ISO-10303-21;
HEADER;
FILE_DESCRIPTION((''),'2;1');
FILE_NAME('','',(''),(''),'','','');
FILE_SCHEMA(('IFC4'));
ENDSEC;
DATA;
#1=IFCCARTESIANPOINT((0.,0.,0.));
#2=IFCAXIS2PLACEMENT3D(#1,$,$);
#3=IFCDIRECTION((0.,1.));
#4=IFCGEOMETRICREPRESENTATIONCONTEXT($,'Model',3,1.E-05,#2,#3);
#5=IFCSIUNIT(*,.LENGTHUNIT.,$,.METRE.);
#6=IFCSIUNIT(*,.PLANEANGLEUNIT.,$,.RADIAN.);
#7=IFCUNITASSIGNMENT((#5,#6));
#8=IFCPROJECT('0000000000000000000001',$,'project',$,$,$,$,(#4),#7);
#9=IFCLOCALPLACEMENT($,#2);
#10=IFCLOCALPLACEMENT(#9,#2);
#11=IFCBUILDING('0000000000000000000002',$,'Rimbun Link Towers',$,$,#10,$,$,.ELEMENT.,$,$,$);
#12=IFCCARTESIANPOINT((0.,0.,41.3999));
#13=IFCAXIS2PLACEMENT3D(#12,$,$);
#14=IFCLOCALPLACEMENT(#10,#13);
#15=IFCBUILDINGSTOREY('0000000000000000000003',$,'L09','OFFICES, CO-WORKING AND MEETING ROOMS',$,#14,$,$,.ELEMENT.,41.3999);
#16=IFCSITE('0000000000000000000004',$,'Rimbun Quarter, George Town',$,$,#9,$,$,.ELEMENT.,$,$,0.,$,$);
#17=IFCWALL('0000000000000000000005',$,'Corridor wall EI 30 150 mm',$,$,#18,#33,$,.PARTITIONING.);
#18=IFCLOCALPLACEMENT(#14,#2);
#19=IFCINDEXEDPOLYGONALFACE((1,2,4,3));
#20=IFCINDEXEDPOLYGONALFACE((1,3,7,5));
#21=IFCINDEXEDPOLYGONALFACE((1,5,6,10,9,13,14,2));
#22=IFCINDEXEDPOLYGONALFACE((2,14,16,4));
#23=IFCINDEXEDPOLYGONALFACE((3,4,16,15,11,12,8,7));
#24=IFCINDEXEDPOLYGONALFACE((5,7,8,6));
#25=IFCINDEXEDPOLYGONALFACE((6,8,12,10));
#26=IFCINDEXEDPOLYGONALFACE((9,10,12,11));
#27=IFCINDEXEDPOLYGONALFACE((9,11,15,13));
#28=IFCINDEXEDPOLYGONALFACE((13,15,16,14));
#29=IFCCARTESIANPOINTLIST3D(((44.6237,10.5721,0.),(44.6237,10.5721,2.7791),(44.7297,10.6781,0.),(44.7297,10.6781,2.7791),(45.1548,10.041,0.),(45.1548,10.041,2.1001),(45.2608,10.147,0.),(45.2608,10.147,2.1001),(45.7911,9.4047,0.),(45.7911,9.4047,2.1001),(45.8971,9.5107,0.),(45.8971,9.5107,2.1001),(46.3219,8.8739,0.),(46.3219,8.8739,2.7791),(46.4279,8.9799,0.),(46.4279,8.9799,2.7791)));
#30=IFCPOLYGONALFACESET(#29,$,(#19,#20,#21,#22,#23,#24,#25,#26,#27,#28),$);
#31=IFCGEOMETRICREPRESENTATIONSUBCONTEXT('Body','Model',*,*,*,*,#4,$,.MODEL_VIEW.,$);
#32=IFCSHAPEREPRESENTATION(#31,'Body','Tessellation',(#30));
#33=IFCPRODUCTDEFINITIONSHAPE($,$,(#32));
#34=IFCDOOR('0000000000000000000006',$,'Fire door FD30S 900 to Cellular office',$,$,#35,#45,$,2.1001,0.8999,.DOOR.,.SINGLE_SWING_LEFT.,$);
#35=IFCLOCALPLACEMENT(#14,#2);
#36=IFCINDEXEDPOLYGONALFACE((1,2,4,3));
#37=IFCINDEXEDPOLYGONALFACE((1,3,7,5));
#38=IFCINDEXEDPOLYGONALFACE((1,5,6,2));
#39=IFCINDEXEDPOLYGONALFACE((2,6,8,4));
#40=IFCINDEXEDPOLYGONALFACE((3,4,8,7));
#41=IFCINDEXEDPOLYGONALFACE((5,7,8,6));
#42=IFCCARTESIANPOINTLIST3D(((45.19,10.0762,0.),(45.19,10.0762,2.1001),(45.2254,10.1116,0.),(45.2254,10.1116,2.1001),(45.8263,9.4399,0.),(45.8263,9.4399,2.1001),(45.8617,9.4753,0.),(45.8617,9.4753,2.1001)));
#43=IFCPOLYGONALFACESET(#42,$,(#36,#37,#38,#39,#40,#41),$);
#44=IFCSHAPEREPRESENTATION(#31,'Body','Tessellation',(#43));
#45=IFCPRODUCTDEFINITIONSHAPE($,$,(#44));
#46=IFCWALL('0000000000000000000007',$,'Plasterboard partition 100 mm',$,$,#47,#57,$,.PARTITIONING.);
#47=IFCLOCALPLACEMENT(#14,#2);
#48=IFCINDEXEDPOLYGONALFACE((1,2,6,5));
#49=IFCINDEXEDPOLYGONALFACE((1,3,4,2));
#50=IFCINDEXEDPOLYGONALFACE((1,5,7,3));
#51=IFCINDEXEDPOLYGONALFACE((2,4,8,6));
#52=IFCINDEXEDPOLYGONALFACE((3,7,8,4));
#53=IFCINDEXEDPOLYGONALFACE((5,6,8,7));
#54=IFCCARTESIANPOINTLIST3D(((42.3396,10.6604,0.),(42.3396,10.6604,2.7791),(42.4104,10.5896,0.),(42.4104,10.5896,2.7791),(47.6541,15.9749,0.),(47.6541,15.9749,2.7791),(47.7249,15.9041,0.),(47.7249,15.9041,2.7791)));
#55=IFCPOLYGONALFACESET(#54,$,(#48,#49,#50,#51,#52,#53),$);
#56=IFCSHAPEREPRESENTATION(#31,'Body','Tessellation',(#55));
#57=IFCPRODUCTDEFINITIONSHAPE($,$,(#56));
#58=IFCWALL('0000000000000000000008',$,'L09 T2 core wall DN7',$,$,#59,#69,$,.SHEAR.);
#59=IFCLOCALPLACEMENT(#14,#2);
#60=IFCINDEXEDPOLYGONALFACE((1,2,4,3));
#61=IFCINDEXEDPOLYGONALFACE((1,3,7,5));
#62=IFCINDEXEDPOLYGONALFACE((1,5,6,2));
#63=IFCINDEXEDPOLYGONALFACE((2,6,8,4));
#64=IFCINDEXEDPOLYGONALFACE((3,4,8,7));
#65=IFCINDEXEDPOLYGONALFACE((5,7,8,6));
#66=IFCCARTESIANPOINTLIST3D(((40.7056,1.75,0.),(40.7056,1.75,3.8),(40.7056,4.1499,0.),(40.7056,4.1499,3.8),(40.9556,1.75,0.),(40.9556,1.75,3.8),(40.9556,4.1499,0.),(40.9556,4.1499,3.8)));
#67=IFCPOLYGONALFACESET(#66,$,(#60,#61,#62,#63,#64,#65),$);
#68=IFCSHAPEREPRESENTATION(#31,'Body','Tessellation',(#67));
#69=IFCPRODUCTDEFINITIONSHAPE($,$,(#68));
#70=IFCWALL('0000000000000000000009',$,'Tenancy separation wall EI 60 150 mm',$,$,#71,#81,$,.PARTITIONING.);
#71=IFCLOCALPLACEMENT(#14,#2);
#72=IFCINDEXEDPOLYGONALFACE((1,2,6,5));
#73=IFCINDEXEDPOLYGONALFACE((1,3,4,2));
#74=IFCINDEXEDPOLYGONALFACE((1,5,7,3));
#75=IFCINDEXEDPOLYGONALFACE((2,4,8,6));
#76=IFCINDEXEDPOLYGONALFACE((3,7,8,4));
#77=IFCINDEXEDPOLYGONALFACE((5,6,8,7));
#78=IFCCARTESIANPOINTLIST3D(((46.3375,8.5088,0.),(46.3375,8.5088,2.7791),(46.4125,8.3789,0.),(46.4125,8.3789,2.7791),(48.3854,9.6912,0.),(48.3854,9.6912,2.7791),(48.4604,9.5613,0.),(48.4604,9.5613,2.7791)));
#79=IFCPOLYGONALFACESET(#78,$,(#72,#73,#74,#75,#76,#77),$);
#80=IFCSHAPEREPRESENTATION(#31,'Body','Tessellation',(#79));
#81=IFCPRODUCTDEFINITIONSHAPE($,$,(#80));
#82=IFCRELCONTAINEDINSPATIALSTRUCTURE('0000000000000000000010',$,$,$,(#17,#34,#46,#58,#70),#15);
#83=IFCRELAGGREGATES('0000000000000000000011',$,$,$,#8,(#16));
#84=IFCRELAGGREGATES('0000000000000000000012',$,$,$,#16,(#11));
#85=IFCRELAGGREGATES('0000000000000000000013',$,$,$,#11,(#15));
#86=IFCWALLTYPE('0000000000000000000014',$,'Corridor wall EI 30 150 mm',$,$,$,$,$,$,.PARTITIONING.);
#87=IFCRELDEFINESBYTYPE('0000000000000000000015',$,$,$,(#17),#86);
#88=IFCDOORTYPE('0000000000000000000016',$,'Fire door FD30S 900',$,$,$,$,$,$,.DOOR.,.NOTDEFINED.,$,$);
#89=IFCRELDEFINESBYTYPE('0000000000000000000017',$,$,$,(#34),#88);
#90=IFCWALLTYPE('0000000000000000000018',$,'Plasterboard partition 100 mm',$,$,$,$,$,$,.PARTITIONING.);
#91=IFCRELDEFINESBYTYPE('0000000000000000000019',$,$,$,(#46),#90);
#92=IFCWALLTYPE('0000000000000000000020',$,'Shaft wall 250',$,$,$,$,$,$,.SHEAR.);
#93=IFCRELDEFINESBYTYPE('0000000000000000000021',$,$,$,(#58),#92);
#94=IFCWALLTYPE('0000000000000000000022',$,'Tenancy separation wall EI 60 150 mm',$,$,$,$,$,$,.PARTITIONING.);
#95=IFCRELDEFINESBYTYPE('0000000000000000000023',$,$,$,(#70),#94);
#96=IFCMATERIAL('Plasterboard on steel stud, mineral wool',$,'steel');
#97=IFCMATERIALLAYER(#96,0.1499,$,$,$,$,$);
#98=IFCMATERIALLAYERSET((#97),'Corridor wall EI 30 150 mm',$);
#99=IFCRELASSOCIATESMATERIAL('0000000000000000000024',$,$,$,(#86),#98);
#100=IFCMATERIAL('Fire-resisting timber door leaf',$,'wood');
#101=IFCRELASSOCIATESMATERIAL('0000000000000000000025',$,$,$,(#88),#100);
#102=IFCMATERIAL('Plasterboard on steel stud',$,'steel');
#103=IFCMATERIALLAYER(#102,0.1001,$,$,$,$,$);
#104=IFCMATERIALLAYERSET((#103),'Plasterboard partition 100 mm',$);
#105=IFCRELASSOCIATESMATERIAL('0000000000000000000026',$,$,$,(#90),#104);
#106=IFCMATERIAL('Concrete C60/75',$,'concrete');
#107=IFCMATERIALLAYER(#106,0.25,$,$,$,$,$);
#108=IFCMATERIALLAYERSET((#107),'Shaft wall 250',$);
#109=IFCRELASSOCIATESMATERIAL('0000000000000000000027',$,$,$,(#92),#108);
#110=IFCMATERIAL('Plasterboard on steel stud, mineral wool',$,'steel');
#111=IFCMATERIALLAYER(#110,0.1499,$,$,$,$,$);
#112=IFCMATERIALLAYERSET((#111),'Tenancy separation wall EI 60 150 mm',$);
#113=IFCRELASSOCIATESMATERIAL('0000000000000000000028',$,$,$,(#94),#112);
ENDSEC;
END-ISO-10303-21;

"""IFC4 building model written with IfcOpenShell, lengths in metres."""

from ifc_helpers import new_model, si_unit, direction, frame, frame_2d, origin, place, context, subcontext, project, spatial, rectangle, extrude, material, layer, layer_set, type_object, element, fill, save


model = new_model("IFC4")

# Units and contexts
model_context = context("Model", 3, precision=1e-05, world=origin(), true_north=direction((0.0, 1.0)))
body_context = subcontext(model_context, "Body", "Model", "MODEL_VIEW")
ifc_project = project(units=[si_unit("LENGTHUNIT", "METRE"), si_unit("PLANEANGLEUNIT", "RADIAN")], contexts=[model_context])

# Site, building, storey
site_placement = place(None, origin())
site = spatial("IfcSite", under=ifc_project, at=site_placement, Name="Rimbun Quarter, George Town", CompositionType="ELEMENT", RefElevation=0.0)
building_placement = place(site_placement, origin())
building = spatial("IfcBuilding", under=site, at=building_placement, Name="Rimbun Link Towers", CompositionType="ELEMENT")
storey_placement = place(building_placement, frame((0.0, 0.0, 41.3999)))
storey = spatial("IfcBuildingStorey", under=building, at=storey_placement, Name="L09", Description="OFFICES, CO-WORKING AND MEETING ROOMS", CompositionType="ELEMENT", Elevation=41.3999)

# Wall, opening, door
ifc_material_1 = material(Name="Plasterboard on steel stud, mineral wool", Category="steel")
ifc_layer_1 = layer(ifc_material_1, 0.1499)
ifc_layer_set_1 = layer_set([ifc_layer_1], Name="Corridor wall EI 30 150 mm")
wall_type_1 = type_object("IfcWallType", Name="Corridor wall EI 30 150 mm", PredefinedType="PARTITIONING", material=ifc_layer_set_1)
wall_1_placement = place(storey_placement, frame((44.6768, 10.625, 0.0), z_axis=(0.0, 0.0, 1.0), x_axis=(0.707107, -0.707107, 0.0)))
wall_1 = element("IfcWall", 1, at=wall_1_placement, inside=storey, type_object=wall_type_1, Name="Corridor wall EI 30 150 mm", PredefinedType="PARTITIONING", context=body_context, shape_type="SweptSolid", body=[
    extrude(rectangle(XDim=2.4016, YDim=0.1499, at=frame_2d((1.2007, 0.0))), origin(), (0.0, 0.0, 1.0), 2.7791),
])
opening_1_placement = place(wall_1_placement, frame((0.751, 0.0, 0.0)))
opening_1 = element("IfcOpeningElement", 2, at=opening_1_placement, cuts=wall_1, PredefinedType="OPENING", context=body_context, shape_type="SweptSolid", body=[
    extrude(rectangle(XDim=0.8999, YDim=2.1001, at=frame_2d((0.45, 1.05))), frame((0.0, 0.085, 0.0), z_axis=(0.0, -1.0, 0.0), x_axis=(1.0, 0.0, 0.0)), (0.0, 0.0, 1.0), 0.1699),
])
ifc_material_2 = material(Name="Fire-resisting timber door leaf", Category="wood")
door_type_1 = type_object("IfcDoorType", Name="Fire door FD30S 900", OperationType="NOTDEFINED", PredefinedType="DOOR", material=ifc_material_2)
door_1_placement = place(opening_1_placement, origin())
door_1 = element("IfcDoor", 3, at=door_1_placement, inside=storey, type_object=door_type_1, Name="Fire door FD30S 900 to Cellular office", OperationType="SINGLE_SWING_LEFT", OverallHeight=2.1001, OverallWidth=0.8999, PredefinedType="DOOR", context=body_context, shape_type="SweptSolid", body=[
    extrude(rectangle(XDim=0.8999, YDim=2.1001, at=frame_2d((0.45, 1.05))), frame((0.0, 0.0249, 0.0), z_axis=(0.0, -1.0, 0.0), x_axis=(1.0, 0.0, 0.0)), (0.0, 0.0, 1.0), 0.05),
])
fill(opening_1, door_1)

# Walls
ifc_material_3 = material(Name="Plasterboard on steel stud", Category="steel")
ifc_layer_2 = layer(ifc_material_3, 0.1001)
ifc_layer_set_2 = layer_set([ifc_layer_2], Name="Plasterboard partition 100 mm")
wall_type_2 = type_object("IfcWallType", Name="Plasterboard partition 100 mm", PredefinedType="PARTITIONING", material=ifc_layer_set_2)
wall_2_placement = place(storey_placement, frame((47.6895, 15.9395, 0.0), z_axis=(0.0, 0.0, 1.0), x_axis=(-0.707107, -0.707107, 0.0)))
element("IfcWall", 4, at=wall_2_placement, inside=storey, type_object=wall_type_2, Name="Plasterboard partition 100 mm", PredefinedType="PARTITIONING", context=body_context, shape_type="SweptSolid", body=[
    extrude(rectangle(XDim=7.5159, YDim=0.1001, at=frame_2d((3.7578, 0.0))), origin(), (0.0, 0.0, 1.0), 2.7791),
])
ifc_material_4 = material(Name="Concrete C60/75", Category="concrete")
ifc_layer_3 = layer(ifc_material_4, 0.25)
ifc_layer_set_3 = layer_set([ifc_layer_3], Name="Shaft wall 250")
wall_type_3 = type_object("IfcWallType", Name="Shaft wall 250", PredefinedType="SHEAR", material=ifc_layer_set_3)
wall_3_placement = place(storey_placement, frame((40.8306, 1.75, 0.0), z_axis=(0.0, 0.0, 1.0), x_axis=(0.0, 1.0, 0.0)))
element("IfcWall", 5, at=wall_3_placement, inside=storey, type_object=wall_type_3, Name="L09 T2 core wall DN7", PredefinedType="SHEAR", context=body_context, shape_type="SweptSolid", body=[
    extrude(rectangle(XDim=2.3999, YDim=0.25, at=frame_2d((1.2, 0.0))), origin(), (0.0, 0.0, 1.0), 3.8),
])
ifc_material_5 = material(Name="Plasterboard on steel stud, mineral wool", Category="steel")
ifc_layer_4 = layer(ifc_material_5, 0.1499)
ifc_layer_set_4 = layer_set([ifc_layer_4], Name="Tenancy separation wall EI 60 150 mm")
wall_type_4 = type_object("IfcWallType", Name="Tenancy separation wall EI 60 150 mm", PredefinedType="PARTITIONING", material=ifc_layer_set_4)
wall_4_placement = place(storey_placement, frame((46.375, 8.4438, 0.0), z_axis=(0.0, 0.0, 1.0), x_axis=(0.866017, 0.500014, 0.0)))
element("IfcWall", 6, at=wall_4_placement, inside=storey, type_object=wall_type_4, Name="Tenancy separation wall EI 60 150 mm", PredefinedType="PARTITIONING", context=body_context, shape_type="SweptSolid", body=[
    extrude(rectangle(XDim=2.3647, YDim=0.1499, at=frame_2d((1.1824, 0.0))), origin(), (0.0, 0.0, 1.0), 2.7791),
])

save(model, "model.ifc")
